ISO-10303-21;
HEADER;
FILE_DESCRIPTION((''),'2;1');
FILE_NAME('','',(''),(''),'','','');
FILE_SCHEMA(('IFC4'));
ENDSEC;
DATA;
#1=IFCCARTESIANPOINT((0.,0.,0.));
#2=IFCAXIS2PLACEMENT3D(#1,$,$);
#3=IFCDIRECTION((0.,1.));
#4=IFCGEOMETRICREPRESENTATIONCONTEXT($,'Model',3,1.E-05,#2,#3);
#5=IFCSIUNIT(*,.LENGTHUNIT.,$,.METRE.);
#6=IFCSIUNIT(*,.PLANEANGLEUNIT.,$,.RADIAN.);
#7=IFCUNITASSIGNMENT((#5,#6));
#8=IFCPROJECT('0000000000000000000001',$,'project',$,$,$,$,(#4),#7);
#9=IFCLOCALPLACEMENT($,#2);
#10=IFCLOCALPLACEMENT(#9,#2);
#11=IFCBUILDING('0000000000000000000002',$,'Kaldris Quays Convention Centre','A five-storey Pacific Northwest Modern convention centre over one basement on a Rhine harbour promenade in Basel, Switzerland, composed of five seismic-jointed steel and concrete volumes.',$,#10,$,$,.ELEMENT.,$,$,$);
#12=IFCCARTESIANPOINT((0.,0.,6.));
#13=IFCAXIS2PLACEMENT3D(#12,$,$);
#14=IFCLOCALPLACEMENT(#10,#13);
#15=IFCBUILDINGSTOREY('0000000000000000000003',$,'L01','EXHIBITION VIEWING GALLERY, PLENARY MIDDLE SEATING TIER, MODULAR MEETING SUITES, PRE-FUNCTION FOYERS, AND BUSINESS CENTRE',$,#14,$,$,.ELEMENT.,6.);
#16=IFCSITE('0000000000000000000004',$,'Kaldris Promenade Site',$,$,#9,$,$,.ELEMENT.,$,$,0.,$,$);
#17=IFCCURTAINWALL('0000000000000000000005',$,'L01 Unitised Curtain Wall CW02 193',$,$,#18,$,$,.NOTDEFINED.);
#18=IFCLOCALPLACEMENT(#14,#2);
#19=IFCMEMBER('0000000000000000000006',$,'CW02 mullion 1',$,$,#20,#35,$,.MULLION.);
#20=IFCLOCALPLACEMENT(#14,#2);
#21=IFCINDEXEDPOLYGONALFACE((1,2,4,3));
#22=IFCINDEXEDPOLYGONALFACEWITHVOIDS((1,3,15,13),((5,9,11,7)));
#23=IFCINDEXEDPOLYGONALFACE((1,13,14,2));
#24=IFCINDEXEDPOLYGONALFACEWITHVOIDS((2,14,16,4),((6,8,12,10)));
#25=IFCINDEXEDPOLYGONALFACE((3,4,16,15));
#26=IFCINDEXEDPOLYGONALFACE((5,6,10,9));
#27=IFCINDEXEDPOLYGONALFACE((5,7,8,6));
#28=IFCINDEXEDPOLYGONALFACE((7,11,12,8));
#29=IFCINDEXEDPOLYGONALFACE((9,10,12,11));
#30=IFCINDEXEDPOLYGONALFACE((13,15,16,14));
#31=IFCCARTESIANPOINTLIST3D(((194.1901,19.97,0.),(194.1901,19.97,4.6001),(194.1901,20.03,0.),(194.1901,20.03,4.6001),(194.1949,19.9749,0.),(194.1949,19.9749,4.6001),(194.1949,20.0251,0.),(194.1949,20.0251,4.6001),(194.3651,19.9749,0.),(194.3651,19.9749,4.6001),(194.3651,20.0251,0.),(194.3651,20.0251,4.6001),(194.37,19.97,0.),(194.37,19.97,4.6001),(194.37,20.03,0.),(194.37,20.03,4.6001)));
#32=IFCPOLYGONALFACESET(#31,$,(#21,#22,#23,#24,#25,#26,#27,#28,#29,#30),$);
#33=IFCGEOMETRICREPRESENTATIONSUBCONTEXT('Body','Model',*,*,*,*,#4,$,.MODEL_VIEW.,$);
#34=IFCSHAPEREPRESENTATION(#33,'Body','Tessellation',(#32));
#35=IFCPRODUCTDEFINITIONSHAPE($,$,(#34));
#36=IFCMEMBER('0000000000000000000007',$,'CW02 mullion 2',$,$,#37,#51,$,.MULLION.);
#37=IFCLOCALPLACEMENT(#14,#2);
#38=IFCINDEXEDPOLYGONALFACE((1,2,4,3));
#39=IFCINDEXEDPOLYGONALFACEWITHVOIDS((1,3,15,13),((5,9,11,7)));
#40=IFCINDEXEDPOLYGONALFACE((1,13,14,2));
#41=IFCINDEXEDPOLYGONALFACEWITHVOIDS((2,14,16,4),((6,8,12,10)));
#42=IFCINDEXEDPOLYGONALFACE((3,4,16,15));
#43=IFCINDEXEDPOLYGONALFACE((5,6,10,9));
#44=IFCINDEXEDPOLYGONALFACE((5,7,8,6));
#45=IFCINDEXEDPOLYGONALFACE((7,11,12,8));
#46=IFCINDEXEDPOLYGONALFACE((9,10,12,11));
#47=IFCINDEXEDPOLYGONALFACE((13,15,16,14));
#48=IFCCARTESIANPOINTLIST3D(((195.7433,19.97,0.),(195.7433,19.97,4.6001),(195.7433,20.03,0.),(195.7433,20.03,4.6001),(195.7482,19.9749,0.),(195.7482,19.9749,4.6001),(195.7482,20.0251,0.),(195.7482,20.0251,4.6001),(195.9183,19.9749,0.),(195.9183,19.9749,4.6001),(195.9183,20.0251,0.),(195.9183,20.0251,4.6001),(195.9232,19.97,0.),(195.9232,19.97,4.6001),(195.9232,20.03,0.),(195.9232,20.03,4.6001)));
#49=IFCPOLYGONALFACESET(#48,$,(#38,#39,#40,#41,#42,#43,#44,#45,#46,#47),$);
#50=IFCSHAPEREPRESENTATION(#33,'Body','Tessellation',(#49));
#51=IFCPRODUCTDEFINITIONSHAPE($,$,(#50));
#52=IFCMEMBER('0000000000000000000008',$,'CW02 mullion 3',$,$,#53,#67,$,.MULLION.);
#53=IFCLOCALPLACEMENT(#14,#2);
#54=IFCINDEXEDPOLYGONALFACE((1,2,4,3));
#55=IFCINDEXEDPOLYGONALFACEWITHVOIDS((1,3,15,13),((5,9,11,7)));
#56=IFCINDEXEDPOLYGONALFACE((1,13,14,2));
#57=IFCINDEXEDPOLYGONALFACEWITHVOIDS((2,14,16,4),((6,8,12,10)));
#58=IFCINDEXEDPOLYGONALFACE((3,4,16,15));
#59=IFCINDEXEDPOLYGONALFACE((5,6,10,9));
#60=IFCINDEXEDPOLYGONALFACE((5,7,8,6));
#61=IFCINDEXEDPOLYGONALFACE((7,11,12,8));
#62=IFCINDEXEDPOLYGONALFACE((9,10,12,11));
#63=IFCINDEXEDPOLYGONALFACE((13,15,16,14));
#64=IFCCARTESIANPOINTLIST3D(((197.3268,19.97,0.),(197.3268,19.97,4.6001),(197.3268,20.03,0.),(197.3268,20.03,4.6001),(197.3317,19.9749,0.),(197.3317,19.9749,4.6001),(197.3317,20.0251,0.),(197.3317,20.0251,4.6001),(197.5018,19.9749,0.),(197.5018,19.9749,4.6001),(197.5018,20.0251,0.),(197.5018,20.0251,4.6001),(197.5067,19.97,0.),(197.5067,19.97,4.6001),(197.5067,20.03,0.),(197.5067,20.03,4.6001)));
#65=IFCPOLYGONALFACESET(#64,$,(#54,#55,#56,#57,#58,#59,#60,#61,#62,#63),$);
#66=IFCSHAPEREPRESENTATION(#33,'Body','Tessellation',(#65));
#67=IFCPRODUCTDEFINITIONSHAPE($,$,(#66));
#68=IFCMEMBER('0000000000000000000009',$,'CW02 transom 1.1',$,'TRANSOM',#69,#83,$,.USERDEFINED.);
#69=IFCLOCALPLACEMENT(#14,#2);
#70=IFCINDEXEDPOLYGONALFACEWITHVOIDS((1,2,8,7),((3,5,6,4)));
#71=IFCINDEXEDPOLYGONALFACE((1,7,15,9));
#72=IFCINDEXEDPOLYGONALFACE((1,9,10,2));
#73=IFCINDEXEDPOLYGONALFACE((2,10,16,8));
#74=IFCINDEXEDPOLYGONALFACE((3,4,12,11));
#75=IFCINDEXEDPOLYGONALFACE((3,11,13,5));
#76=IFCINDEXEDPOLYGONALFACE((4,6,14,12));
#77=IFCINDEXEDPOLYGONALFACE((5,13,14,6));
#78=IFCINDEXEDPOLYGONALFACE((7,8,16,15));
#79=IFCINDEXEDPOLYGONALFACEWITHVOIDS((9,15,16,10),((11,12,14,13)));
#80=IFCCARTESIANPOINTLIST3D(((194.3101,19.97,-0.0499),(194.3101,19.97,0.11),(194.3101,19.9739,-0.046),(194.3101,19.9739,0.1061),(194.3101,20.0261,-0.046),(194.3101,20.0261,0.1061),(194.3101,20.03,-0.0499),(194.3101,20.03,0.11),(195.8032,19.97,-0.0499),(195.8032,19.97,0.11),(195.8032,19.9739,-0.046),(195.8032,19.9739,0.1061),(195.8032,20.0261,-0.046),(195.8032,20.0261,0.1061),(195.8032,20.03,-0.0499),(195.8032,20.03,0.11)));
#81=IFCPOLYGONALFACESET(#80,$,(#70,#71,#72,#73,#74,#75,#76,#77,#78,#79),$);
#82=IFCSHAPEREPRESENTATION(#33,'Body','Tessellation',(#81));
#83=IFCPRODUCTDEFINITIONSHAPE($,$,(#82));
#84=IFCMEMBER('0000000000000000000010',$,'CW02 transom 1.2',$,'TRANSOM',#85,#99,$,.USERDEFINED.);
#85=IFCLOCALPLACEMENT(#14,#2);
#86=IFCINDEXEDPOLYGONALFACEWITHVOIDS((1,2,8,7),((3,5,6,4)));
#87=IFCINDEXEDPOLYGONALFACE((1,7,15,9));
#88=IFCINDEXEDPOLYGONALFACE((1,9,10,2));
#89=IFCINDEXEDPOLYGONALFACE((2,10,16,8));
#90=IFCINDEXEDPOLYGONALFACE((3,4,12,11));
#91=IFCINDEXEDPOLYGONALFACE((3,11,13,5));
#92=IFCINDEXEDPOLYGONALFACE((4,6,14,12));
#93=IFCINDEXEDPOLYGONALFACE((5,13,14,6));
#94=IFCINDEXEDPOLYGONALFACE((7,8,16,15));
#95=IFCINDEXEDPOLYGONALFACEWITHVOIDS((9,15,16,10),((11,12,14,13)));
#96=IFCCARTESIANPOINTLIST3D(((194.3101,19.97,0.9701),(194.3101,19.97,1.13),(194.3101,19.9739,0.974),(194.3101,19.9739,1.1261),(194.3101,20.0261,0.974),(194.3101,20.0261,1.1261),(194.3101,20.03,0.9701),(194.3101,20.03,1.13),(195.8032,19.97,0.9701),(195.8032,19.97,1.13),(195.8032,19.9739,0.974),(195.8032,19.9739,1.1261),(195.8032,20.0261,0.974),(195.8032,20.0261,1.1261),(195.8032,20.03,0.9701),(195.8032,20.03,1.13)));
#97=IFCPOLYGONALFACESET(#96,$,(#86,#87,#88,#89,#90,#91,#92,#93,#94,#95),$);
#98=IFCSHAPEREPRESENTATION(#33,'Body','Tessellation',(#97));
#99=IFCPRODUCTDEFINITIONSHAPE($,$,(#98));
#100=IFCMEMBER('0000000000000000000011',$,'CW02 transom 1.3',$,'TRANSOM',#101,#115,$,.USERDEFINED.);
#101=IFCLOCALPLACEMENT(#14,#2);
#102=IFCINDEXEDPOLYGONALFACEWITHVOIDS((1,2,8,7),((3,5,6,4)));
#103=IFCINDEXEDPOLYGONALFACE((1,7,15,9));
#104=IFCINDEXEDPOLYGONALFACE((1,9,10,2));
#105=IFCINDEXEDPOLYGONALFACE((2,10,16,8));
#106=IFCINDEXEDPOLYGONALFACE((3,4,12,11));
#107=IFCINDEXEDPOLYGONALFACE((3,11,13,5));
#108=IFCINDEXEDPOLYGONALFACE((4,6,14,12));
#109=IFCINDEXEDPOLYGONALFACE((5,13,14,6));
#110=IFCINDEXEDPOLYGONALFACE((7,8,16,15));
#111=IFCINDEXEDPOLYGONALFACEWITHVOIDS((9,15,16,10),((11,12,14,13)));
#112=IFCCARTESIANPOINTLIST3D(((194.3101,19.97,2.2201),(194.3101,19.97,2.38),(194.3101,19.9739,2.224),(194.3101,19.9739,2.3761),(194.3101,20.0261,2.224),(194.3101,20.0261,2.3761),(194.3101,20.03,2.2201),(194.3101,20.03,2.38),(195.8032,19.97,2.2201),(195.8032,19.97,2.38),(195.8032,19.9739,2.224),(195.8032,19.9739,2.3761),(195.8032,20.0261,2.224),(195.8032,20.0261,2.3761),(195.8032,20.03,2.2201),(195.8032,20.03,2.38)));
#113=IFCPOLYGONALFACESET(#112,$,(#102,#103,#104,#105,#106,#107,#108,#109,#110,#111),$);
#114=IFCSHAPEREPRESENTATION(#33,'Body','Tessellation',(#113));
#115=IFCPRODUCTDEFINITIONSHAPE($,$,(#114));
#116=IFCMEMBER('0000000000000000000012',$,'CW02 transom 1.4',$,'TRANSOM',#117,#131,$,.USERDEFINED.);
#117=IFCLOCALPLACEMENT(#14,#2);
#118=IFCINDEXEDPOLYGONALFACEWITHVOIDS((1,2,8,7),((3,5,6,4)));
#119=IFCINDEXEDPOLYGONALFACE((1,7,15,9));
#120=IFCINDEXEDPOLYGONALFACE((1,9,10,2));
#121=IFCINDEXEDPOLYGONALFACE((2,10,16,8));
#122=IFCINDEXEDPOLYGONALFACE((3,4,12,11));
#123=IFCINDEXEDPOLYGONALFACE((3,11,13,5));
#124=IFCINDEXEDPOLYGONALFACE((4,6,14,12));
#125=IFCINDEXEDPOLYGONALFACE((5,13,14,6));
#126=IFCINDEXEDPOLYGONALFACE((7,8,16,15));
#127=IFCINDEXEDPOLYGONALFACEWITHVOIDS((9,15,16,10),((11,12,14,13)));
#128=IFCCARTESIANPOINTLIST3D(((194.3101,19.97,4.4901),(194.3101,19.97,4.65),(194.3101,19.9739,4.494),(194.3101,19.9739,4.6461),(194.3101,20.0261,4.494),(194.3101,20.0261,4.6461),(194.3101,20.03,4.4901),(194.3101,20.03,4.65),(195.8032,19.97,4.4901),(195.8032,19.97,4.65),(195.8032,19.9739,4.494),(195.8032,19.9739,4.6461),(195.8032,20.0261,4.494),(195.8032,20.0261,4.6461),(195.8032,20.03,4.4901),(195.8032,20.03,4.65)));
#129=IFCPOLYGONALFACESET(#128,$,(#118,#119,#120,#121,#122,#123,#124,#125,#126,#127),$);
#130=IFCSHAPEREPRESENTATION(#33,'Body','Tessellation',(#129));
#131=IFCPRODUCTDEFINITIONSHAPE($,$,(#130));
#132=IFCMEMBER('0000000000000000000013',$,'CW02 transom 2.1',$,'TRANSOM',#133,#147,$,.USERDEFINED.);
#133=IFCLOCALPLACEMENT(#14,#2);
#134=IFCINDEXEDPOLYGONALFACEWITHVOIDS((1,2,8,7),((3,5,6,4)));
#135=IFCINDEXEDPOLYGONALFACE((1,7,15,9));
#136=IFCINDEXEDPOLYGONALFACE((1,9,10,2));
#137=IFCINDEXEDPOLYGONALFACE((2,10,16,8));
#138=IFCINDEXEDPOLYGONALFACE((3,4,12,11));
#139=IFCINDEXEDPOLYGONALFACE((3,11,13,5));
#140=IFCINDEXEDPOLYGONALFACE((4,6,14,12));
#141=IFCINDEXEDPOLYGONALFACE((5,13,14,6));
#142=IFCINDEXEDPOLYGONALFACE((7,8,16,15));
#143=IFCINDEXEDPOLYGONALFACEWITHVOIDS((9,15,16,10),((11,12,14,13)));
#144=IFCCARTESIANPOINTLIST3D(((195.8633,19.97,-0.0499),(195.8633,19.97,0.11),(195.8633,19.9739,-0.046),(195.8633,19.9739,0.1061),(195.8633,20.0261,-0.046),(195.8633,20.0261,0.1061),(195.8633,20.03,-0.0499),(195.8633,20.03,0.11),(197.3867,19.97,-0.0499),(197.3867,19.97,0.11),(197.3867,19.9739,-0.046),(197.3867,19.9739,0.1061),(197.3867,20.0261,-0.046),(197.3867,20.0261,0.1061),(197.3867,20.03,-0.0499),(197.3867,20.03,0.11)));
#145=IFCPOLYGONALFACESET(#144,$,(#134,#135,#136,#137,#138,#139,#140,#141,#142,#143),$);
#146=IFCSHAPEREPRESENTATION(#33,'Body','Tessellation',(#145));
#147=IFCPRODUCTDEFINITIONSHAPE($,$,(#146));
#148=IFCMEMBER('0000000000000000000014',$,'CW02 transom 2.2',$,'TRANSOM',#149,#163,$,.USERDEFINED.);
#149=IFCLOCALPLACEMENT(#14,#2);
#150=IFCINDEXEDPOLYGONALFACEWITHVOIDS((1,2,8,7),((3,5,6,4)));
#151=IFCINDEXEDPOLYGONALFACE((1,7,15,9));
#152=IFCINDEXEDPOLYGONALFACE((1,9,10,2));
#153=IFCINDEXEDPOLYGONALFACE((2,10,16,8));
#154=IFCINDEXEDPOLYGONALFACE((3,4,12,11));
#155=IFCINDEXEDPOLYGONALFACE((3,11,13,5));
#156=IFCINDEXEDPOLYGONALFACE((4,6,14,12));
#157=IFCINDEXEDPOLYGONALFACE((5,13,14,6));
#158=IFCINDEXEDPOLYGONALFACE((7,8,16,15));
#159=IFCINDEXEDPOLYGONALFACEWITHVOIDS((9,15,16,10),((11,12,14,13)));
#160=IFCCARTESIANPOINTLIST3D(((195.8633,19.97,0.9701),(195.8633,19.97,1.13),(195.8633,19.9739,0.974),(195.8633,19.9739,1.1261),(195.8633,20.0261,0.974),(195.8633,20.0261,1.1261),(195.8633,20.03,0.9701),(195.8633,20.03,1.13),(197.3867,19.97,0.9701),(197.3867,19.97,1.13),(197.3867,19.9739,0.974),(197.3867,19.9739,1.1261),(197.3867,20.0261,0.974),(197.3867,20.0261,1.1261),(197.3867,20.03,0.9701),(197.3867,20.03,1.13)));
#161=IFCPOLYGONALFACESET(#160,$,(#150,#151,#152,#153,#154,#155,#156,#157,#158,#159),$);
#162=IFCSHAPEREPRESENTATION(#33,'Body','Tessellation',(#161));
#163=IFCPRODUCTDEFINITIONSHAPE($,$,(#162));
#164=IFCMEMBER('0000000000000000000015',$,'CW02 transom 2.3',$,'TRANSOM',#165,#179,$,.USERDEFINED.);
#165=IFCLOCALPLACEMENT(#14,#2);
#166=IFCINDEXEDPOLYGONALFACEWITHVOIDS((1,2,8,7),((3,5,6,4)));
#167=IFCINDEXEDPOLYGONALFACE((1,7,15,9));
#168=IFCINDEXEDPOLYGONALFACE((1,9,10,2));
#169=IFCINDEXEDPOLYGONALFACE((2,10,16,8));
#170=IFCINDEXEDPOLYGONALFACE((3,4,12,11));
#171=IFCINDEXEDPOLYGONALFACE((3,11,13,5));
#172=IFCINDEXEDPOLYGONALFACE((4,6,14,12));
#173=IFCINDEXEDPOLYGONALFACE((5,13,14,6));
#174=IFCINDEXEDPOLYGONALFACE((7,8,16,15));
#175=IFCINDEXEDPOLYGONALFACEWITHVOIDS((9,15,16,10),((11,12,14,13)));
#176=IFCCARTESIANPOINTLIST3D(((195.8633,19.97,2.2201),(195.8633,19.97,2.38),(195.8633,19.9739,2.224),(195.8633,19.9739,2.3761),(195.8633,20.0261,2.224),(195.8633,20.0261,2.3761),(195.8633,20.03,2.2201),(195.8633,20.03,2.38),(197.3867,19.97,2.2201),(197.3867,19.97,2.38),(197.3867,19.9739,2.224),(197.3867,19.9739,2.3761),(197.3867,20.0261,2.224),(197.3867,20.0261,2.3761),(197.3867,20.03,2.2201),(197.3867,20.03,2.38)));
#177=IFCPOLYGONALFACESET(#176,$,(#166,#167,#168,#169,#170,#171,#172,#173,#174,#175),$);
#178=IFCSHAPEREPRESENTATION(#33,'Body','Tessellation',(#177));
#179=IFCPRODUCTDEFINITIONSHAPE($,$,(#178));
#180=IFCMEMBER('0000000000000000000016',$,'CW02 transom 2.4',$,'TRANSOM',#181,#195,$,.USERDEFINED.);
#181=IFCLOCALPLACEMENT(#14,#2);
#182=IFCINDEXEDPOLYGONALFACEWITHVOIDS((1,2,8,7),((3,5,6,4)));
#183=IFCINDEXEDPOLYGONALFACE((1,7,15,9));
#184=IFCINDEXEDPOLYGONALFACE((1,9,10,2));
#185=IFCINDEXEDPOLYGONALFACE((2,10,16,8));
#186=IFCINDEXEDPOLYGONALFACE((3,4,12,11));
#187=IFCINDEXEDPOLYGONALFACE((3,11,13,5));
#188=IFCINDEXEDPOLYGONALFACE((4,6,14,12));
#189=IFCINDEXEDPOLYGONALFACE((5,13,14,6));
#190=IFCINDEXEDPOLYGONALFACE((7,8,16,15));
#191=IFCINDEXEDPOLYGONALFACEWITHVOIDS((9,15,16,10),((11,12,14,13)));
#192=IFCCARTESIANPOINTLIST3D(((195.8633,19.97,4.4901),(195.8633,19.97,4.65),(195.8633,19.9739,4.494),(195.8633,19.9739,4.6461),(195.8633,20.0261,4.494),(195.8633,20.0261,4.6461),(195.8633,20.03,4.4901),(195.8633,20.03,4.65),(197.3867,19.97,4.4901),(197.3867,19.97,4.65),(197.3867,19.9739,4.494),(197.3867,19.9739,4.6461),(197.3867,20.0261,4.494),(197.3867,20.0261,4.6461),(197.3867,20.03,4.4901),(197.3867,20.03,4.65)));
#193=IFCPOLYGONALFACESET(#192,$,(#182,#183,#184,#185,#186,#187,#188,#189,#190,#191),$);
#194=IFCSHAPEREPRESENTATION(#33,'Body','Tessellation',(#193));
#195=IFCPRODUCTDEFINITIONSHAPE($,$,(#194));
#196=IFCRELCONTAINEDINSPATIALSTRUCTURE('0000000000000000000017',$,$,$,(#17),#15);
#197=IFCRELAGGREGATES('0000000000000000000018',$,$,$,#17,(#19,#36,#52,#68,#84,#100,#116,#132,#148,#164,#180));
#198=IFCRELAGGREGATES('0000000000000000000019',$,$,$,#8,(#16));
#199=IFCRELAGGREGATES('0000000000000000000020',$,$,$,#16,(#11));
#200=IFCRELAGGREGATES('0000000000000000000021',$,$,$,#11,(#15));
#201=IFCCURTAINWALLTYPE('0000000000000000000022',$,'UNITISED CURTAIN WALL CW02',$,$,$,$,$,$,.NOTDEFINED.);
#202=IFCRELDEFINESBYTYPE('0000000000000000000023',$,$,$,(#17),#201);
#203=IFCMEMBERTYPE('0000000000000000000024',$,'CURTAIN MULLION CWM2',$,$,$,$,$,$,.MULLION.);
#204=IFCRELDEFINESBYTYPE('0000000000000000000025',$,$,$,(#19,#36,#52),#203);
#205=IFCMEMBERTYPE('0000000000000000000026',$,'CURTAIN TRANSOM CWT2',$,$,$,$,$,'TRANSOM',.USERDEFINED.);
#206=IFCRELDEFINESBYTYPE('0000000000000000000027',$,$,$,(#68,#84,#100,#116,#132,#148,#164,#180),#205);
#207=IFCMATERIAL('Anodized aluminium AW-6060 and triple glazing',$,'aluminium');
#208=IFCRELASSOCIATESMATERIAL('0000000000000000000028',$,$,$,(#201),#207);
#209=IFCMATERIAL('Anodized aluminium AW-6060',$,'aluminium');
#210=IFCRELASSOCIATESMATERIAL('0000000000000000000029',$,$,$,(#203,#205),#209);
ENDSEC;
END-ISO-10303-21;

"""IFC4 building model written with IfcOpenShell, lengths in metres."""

from ifc_helpers import new_model, si_unit, direction, frame, origin, origin_2d, place, context, subcontext, project, spatial, hollow_rectangle, extrude, material, material_profile, profile_set, type_object, element, aggregate, save


model = new_model("IFC4")

# Units and contexts
model_context = context("Model", 3, precision=1e-05, world=origin(), true_north=direction((0.0, 1.0)))
body_context = subcontext(model_context, "Body", "Model", "MODEL_VIEW")
ifc_project = project(units=[si_unit("LENGTHUNIT", "METRE"), si_unit("PLANEANGLEUNIT", "RADIAN")], contexts=[model_context])

# Site, building, storey
site_placement = place(None, origin())
site = spatial("IfcSite", under=ifc_project, at=site_placement, Name="Kaldris Promenade Site", CompositionType="ELEMENT", RefElevation=0.0)
building_placement = place(site_placement, origin())
building = spatial("IfcBuilding", under=site, at=building_placement, Name="Kaldris Quays Convention Centre", Description="A five-storey Pacific Northwest Modern convention centre over one basement on a Rhine harbour promenade in Basel, Switzerland, composed of five seismic-jointed steel and concrete volumes.", CompositionType="ELEMENT")
storey_placement = place(building_placement, frame((0.0, 0.0, 6.0)))
storey = spatial("IfcBuildingStorey", under=building, at=storey_placement, Name="L01", Description="EXHIBITION VIEWING GALLERY, PLENARY MIDDLE SEATING TIER, MODULAR MEETING SUITES, PRE-FUNCTION FOYERS, AND BUSINESS CENTRE", CompositionType="ELEMENT", Elevation=6.0)

# Curtain wall, members
ifc_material_1 = material(Name="Anodized aluminium AW-6060 and triple glazing", Category="aluminium")
curtain_wall_type = type_object("IfcCurtainWallType", Name="UNITISED CURTAIN WALL CW02", PredefinedType="NOTDEFINED", material=ifc_material_1)
curtain_wall_placement = place(storey_placement, origin())
curtain_wall = element("IfcCurtainWall", 1, at=curtain_wall_placement, inside=storey, type_object=curtain_wall_type, Name="L01 Unitised Curtain Wall CW02 193", PredefinedType="NOTDEFINED")
ifc_material_2 = material(Name="Anodized aluminium AW-6060", Category="aluminium")
ifc_material_profile_1 = material_profile(ifc_material_2, hollow_rectangle(XDim=0.0601, YDim=0.1799, WallThickness=0.0049, at=origin_2d()), Name="RHS 180x60x5")
ifc_profile_set_1 = profile_set([ifc_material_profile_1], Name="Anodized aluminium AW-6060")
member_type_1 = type_object("IfcMemberType", Name="CURTAIN MULLION CWM2", PredefinedType="MULLION", material=ifc_profile_set_1)
member_1_placement = place(storey_placement, frame((194.28, 20.0, 0.0), z_axis=(0.0, 0.0, 1.0), x_axis=(0.0, 1.0, 0.0)))
member_1 = element("IfcMember", 2, at=member_1_placement, type_object=member_type_1, Name="CW02 mullion 1", PredefinedType="MULLION", context=body_context, shape_type="SweptSolid", body=[
    extrude(hollow_rectangle(XDim=0.0601, YDim=0.1799, WallThickness=0.0049, at=origin_2d()), origin(), (0.0, 0.0, 1.0), 4.6001),
])
member_2_placement = place(storey_placement, frame((195.8333, 20.0, 0.0), z_axis=(0.0, 0.0, 1.0), x_axis=(0.0, 1.0, 0.0)))
member_2 = element("IfcMember", 3, at=member_2_placement, type_object=member_type_1, Name="CW02 mullion 2", PredefinedType="MULLION", context=body_context, shape_type="SweptSolid", body=[
    extrude(hollow_rectangle(XDim=0.0601, YDim=0.1799, WallThickness=0.0049, at=origin_2d()), origin(), (0.0, 0.0, 1.0), 4.6001),
])
member_3_placement = place(storey_placement, frame((197.4167, 20.0, 0.0), z_axis=(0.0, 0.0, 1.0), x_axis=(0.0, 1.0, 0.0)))
member_3 = element("IfcMember", 4, at=member_3_placement, type_object=member_type_1, Name="CW02 mullion 3", PredefinedType="MULLION", context=body_context, shape_type="SweptSolid", body=[
    extrude(hollow_rectangle(XDim=0.0601, YDim=0.1799, WallThickness=0.0049, at=origin_2d()), origin(), (0.0, 0.0, 1.0), 4.6001),
])
ifc_material_profile_2 = material_profile(ifc_material_2, hollow_rectangle(XDim=0.0601, YDim=0.1599, WallThickness=0.0039, at=origin_2d()), Name="RHS 160x60x4")
ifc_profile_set_2 = profile_set([ifc_material_profile_2], Name="Anodized aluminium AW-6060")
member_type_2 = type_object("IfcMemberType", Name="CURTAIN TRANSOM CWT2", ElementType="TRANSOM", PredefinedType="USERDEFINED", material=ifc_profile_set_2)
member_4_placement = place(storey_placement, frame((194.3101, 20.0, 0.03), z_axis=(1.0, 0.0, 0.0), x_axis=(0.0, 1.0, 0.0)))
member_4 = element("IfcMember", 5, at=member_4_placement, type_object=member_type_2, Name="CW02 transom 1.1", ObjectType="TRANSOM", PredefinedType="USERDEFINED", context=body_context, shape_type="SweptSolid", body=[
    extrude(hollow_rectangle(XDim=0.0601, YDim=0.1599, WallThickness=0.0039, at=origin_2d()), origin(), (0.0, 0.0, 1.0), 1.4932),
])
member_5_placement = place(storey_placement, frame((194.3101, 20.0, 1.05), z_axis=(1.0, 0.0, 0.0), x_axis=(0.0, 1.0, 0.0)))
member_5 = element("IfcMember", 6, at=member_5_placement, type_object=member_type_2, Name="CW02 transom 1.2", ObjectType="TRANSOM", PredefinedType="USERDEFINED", context=body_context, shape_type="SweptSolid", body=[
    extrude(hollow_rectangle(XDim=0.0601, YDim=0.1599, WallThickness=0.0039, at=origin_2d()), origin(), (0.0, 0.0, 1.0), 1.4932),
])
member_6_placement = place(storey_placement, frame((194.3101, 20.0, 2.3), z_axis=(1.0, 0.0, 0.0), x_axis=(0.0, 1.0, 0.0)))
member_6 = element("IfcMember", 7, at=member_6_placement, type_object=member_type_2, Name="CW02 transom 1.3", ObjectType="TRANSOM", PredefinedType="USERDEFINED", context=body_context, shape_type="SweptSolid", body=[
    extrude(hollow_rectangle(XDim=0.0601, YDim=0.1599, WallThickness=0.0039, at=origin_2d()), origin(), (0.0, 0.0, 1.0), 1.4932),
])
member_7_placement = place(storey_placement, frame((194.3101, 20.0, 4.5701), z_axis=(1.0, 0.0, 0.0), x_axis=(0.0, 1.0, 0.0)))
member_7 = element("IfcMember", 8, at=member_7_placement, type_object=member_type_2, Name="CW02 transom 1.4", ObjectType="TRANSOM", PredefinedType="USERDEFINED", context=body_context, shape_type="SweptSolid", body=[
    extrude(hollow_rectangle(XDim=0.0601, YDim=0.1599, WallThickness=0.0039, at=origin_2d()), origin(), (0.0, 0.0, 1.0), 1.4932),
])
member_8_placement = place(storey_placement, frame((195.8633, 20.0, 0.03), z_axis=(1.0, 0.0, 0.0), x_axis=(0.0, 1.0, 0.0)))
member_8 = element("IfcMember", 9, at=member_8_placement, type_object=member_type_2, Name="CW02 transom 2.1", ObjectType="TRANSOM", PredefinedType="USERDEFINED", context=body_context, shape_type="SweptSolid", body=[
    extrude(hollow_rectangle(XDim=0.0601, YDim=0.1599, WallThickness=0.0039, at=origin_2d()), origin(), (0.0, 0.0, 1.0), 1.5234),
])
member_9_placement = place(storey_placement, frame((195.8633, 20.0, 1.05), z_axis=(1.0, 0.0, 0.0), x_axis=(0.0, 1.0, 0.0)))
member_9 = element("IfcMember", 10, at=member_9_placement, type_object=member_type_2, Name="CW02 transom 2.2", ObjectType="TRANSOM", PredefinedType="USERDEFINED", context=body_context, shape_type="SweptSolid", body=[
    extrude(hollow_rectangle(XDim=0.0601, YDim=0.1599, WallThickness=0.0039, at=origin_2d()), origin(), (0.0, 0.0, 1.0), 1.5234),
])
member_10_placement = place(storey_placement, frame((195.8633, 20.0, 2.3), z_axis=(1.0, 0.0, 0.0), x_axis=(0.0, 1.0, 0.0)))
member_10 = element("IfcMember", 11, at=member_10_placement, type_object=member_type_2, Name="CW02 transom 2.3", ObjectType="TRANSOM", PredefinedType="USERDEFINED", context=body_context, shape_type="SweptSolid", body=[
    extrude(hollow_rectangle(XDim=0.0601, YDim=0.1599, WallThickness=0.0039, at=origin_2d()), origin(), (0.0, 0.0, 1.0), 1.5234),
])
member_11_placement = place(storey_placement, frame((195.8633, 20.0, 4.5701), z_axis=(1.0, 0.0, 0.0), x_axis=(0.0, 1.0, 0.0)))
member_11 = element("IfcMember", 12, at=member_11_placement, type_object=member_type_2, Name="CW02 transom 2.4", ObjectType="TRANSOM", PredefinedType="USERDEFINED", context=body_context, shape_type="SweptSolid", body=[
    extrude(hollow_rectangle(XDim=0.0601, YDim=0.1599, WallThickness=0.0039, at=origin_2d()), origin(), (0.0, 0.0, 1.0), 1.5234),
])
aggregate(curtain_wall, [member_1, member_2, member_3, member_4, member_5, member_6, member_7, member_8, member_9, member_10, member_11])

save(model, "model.ifc")
